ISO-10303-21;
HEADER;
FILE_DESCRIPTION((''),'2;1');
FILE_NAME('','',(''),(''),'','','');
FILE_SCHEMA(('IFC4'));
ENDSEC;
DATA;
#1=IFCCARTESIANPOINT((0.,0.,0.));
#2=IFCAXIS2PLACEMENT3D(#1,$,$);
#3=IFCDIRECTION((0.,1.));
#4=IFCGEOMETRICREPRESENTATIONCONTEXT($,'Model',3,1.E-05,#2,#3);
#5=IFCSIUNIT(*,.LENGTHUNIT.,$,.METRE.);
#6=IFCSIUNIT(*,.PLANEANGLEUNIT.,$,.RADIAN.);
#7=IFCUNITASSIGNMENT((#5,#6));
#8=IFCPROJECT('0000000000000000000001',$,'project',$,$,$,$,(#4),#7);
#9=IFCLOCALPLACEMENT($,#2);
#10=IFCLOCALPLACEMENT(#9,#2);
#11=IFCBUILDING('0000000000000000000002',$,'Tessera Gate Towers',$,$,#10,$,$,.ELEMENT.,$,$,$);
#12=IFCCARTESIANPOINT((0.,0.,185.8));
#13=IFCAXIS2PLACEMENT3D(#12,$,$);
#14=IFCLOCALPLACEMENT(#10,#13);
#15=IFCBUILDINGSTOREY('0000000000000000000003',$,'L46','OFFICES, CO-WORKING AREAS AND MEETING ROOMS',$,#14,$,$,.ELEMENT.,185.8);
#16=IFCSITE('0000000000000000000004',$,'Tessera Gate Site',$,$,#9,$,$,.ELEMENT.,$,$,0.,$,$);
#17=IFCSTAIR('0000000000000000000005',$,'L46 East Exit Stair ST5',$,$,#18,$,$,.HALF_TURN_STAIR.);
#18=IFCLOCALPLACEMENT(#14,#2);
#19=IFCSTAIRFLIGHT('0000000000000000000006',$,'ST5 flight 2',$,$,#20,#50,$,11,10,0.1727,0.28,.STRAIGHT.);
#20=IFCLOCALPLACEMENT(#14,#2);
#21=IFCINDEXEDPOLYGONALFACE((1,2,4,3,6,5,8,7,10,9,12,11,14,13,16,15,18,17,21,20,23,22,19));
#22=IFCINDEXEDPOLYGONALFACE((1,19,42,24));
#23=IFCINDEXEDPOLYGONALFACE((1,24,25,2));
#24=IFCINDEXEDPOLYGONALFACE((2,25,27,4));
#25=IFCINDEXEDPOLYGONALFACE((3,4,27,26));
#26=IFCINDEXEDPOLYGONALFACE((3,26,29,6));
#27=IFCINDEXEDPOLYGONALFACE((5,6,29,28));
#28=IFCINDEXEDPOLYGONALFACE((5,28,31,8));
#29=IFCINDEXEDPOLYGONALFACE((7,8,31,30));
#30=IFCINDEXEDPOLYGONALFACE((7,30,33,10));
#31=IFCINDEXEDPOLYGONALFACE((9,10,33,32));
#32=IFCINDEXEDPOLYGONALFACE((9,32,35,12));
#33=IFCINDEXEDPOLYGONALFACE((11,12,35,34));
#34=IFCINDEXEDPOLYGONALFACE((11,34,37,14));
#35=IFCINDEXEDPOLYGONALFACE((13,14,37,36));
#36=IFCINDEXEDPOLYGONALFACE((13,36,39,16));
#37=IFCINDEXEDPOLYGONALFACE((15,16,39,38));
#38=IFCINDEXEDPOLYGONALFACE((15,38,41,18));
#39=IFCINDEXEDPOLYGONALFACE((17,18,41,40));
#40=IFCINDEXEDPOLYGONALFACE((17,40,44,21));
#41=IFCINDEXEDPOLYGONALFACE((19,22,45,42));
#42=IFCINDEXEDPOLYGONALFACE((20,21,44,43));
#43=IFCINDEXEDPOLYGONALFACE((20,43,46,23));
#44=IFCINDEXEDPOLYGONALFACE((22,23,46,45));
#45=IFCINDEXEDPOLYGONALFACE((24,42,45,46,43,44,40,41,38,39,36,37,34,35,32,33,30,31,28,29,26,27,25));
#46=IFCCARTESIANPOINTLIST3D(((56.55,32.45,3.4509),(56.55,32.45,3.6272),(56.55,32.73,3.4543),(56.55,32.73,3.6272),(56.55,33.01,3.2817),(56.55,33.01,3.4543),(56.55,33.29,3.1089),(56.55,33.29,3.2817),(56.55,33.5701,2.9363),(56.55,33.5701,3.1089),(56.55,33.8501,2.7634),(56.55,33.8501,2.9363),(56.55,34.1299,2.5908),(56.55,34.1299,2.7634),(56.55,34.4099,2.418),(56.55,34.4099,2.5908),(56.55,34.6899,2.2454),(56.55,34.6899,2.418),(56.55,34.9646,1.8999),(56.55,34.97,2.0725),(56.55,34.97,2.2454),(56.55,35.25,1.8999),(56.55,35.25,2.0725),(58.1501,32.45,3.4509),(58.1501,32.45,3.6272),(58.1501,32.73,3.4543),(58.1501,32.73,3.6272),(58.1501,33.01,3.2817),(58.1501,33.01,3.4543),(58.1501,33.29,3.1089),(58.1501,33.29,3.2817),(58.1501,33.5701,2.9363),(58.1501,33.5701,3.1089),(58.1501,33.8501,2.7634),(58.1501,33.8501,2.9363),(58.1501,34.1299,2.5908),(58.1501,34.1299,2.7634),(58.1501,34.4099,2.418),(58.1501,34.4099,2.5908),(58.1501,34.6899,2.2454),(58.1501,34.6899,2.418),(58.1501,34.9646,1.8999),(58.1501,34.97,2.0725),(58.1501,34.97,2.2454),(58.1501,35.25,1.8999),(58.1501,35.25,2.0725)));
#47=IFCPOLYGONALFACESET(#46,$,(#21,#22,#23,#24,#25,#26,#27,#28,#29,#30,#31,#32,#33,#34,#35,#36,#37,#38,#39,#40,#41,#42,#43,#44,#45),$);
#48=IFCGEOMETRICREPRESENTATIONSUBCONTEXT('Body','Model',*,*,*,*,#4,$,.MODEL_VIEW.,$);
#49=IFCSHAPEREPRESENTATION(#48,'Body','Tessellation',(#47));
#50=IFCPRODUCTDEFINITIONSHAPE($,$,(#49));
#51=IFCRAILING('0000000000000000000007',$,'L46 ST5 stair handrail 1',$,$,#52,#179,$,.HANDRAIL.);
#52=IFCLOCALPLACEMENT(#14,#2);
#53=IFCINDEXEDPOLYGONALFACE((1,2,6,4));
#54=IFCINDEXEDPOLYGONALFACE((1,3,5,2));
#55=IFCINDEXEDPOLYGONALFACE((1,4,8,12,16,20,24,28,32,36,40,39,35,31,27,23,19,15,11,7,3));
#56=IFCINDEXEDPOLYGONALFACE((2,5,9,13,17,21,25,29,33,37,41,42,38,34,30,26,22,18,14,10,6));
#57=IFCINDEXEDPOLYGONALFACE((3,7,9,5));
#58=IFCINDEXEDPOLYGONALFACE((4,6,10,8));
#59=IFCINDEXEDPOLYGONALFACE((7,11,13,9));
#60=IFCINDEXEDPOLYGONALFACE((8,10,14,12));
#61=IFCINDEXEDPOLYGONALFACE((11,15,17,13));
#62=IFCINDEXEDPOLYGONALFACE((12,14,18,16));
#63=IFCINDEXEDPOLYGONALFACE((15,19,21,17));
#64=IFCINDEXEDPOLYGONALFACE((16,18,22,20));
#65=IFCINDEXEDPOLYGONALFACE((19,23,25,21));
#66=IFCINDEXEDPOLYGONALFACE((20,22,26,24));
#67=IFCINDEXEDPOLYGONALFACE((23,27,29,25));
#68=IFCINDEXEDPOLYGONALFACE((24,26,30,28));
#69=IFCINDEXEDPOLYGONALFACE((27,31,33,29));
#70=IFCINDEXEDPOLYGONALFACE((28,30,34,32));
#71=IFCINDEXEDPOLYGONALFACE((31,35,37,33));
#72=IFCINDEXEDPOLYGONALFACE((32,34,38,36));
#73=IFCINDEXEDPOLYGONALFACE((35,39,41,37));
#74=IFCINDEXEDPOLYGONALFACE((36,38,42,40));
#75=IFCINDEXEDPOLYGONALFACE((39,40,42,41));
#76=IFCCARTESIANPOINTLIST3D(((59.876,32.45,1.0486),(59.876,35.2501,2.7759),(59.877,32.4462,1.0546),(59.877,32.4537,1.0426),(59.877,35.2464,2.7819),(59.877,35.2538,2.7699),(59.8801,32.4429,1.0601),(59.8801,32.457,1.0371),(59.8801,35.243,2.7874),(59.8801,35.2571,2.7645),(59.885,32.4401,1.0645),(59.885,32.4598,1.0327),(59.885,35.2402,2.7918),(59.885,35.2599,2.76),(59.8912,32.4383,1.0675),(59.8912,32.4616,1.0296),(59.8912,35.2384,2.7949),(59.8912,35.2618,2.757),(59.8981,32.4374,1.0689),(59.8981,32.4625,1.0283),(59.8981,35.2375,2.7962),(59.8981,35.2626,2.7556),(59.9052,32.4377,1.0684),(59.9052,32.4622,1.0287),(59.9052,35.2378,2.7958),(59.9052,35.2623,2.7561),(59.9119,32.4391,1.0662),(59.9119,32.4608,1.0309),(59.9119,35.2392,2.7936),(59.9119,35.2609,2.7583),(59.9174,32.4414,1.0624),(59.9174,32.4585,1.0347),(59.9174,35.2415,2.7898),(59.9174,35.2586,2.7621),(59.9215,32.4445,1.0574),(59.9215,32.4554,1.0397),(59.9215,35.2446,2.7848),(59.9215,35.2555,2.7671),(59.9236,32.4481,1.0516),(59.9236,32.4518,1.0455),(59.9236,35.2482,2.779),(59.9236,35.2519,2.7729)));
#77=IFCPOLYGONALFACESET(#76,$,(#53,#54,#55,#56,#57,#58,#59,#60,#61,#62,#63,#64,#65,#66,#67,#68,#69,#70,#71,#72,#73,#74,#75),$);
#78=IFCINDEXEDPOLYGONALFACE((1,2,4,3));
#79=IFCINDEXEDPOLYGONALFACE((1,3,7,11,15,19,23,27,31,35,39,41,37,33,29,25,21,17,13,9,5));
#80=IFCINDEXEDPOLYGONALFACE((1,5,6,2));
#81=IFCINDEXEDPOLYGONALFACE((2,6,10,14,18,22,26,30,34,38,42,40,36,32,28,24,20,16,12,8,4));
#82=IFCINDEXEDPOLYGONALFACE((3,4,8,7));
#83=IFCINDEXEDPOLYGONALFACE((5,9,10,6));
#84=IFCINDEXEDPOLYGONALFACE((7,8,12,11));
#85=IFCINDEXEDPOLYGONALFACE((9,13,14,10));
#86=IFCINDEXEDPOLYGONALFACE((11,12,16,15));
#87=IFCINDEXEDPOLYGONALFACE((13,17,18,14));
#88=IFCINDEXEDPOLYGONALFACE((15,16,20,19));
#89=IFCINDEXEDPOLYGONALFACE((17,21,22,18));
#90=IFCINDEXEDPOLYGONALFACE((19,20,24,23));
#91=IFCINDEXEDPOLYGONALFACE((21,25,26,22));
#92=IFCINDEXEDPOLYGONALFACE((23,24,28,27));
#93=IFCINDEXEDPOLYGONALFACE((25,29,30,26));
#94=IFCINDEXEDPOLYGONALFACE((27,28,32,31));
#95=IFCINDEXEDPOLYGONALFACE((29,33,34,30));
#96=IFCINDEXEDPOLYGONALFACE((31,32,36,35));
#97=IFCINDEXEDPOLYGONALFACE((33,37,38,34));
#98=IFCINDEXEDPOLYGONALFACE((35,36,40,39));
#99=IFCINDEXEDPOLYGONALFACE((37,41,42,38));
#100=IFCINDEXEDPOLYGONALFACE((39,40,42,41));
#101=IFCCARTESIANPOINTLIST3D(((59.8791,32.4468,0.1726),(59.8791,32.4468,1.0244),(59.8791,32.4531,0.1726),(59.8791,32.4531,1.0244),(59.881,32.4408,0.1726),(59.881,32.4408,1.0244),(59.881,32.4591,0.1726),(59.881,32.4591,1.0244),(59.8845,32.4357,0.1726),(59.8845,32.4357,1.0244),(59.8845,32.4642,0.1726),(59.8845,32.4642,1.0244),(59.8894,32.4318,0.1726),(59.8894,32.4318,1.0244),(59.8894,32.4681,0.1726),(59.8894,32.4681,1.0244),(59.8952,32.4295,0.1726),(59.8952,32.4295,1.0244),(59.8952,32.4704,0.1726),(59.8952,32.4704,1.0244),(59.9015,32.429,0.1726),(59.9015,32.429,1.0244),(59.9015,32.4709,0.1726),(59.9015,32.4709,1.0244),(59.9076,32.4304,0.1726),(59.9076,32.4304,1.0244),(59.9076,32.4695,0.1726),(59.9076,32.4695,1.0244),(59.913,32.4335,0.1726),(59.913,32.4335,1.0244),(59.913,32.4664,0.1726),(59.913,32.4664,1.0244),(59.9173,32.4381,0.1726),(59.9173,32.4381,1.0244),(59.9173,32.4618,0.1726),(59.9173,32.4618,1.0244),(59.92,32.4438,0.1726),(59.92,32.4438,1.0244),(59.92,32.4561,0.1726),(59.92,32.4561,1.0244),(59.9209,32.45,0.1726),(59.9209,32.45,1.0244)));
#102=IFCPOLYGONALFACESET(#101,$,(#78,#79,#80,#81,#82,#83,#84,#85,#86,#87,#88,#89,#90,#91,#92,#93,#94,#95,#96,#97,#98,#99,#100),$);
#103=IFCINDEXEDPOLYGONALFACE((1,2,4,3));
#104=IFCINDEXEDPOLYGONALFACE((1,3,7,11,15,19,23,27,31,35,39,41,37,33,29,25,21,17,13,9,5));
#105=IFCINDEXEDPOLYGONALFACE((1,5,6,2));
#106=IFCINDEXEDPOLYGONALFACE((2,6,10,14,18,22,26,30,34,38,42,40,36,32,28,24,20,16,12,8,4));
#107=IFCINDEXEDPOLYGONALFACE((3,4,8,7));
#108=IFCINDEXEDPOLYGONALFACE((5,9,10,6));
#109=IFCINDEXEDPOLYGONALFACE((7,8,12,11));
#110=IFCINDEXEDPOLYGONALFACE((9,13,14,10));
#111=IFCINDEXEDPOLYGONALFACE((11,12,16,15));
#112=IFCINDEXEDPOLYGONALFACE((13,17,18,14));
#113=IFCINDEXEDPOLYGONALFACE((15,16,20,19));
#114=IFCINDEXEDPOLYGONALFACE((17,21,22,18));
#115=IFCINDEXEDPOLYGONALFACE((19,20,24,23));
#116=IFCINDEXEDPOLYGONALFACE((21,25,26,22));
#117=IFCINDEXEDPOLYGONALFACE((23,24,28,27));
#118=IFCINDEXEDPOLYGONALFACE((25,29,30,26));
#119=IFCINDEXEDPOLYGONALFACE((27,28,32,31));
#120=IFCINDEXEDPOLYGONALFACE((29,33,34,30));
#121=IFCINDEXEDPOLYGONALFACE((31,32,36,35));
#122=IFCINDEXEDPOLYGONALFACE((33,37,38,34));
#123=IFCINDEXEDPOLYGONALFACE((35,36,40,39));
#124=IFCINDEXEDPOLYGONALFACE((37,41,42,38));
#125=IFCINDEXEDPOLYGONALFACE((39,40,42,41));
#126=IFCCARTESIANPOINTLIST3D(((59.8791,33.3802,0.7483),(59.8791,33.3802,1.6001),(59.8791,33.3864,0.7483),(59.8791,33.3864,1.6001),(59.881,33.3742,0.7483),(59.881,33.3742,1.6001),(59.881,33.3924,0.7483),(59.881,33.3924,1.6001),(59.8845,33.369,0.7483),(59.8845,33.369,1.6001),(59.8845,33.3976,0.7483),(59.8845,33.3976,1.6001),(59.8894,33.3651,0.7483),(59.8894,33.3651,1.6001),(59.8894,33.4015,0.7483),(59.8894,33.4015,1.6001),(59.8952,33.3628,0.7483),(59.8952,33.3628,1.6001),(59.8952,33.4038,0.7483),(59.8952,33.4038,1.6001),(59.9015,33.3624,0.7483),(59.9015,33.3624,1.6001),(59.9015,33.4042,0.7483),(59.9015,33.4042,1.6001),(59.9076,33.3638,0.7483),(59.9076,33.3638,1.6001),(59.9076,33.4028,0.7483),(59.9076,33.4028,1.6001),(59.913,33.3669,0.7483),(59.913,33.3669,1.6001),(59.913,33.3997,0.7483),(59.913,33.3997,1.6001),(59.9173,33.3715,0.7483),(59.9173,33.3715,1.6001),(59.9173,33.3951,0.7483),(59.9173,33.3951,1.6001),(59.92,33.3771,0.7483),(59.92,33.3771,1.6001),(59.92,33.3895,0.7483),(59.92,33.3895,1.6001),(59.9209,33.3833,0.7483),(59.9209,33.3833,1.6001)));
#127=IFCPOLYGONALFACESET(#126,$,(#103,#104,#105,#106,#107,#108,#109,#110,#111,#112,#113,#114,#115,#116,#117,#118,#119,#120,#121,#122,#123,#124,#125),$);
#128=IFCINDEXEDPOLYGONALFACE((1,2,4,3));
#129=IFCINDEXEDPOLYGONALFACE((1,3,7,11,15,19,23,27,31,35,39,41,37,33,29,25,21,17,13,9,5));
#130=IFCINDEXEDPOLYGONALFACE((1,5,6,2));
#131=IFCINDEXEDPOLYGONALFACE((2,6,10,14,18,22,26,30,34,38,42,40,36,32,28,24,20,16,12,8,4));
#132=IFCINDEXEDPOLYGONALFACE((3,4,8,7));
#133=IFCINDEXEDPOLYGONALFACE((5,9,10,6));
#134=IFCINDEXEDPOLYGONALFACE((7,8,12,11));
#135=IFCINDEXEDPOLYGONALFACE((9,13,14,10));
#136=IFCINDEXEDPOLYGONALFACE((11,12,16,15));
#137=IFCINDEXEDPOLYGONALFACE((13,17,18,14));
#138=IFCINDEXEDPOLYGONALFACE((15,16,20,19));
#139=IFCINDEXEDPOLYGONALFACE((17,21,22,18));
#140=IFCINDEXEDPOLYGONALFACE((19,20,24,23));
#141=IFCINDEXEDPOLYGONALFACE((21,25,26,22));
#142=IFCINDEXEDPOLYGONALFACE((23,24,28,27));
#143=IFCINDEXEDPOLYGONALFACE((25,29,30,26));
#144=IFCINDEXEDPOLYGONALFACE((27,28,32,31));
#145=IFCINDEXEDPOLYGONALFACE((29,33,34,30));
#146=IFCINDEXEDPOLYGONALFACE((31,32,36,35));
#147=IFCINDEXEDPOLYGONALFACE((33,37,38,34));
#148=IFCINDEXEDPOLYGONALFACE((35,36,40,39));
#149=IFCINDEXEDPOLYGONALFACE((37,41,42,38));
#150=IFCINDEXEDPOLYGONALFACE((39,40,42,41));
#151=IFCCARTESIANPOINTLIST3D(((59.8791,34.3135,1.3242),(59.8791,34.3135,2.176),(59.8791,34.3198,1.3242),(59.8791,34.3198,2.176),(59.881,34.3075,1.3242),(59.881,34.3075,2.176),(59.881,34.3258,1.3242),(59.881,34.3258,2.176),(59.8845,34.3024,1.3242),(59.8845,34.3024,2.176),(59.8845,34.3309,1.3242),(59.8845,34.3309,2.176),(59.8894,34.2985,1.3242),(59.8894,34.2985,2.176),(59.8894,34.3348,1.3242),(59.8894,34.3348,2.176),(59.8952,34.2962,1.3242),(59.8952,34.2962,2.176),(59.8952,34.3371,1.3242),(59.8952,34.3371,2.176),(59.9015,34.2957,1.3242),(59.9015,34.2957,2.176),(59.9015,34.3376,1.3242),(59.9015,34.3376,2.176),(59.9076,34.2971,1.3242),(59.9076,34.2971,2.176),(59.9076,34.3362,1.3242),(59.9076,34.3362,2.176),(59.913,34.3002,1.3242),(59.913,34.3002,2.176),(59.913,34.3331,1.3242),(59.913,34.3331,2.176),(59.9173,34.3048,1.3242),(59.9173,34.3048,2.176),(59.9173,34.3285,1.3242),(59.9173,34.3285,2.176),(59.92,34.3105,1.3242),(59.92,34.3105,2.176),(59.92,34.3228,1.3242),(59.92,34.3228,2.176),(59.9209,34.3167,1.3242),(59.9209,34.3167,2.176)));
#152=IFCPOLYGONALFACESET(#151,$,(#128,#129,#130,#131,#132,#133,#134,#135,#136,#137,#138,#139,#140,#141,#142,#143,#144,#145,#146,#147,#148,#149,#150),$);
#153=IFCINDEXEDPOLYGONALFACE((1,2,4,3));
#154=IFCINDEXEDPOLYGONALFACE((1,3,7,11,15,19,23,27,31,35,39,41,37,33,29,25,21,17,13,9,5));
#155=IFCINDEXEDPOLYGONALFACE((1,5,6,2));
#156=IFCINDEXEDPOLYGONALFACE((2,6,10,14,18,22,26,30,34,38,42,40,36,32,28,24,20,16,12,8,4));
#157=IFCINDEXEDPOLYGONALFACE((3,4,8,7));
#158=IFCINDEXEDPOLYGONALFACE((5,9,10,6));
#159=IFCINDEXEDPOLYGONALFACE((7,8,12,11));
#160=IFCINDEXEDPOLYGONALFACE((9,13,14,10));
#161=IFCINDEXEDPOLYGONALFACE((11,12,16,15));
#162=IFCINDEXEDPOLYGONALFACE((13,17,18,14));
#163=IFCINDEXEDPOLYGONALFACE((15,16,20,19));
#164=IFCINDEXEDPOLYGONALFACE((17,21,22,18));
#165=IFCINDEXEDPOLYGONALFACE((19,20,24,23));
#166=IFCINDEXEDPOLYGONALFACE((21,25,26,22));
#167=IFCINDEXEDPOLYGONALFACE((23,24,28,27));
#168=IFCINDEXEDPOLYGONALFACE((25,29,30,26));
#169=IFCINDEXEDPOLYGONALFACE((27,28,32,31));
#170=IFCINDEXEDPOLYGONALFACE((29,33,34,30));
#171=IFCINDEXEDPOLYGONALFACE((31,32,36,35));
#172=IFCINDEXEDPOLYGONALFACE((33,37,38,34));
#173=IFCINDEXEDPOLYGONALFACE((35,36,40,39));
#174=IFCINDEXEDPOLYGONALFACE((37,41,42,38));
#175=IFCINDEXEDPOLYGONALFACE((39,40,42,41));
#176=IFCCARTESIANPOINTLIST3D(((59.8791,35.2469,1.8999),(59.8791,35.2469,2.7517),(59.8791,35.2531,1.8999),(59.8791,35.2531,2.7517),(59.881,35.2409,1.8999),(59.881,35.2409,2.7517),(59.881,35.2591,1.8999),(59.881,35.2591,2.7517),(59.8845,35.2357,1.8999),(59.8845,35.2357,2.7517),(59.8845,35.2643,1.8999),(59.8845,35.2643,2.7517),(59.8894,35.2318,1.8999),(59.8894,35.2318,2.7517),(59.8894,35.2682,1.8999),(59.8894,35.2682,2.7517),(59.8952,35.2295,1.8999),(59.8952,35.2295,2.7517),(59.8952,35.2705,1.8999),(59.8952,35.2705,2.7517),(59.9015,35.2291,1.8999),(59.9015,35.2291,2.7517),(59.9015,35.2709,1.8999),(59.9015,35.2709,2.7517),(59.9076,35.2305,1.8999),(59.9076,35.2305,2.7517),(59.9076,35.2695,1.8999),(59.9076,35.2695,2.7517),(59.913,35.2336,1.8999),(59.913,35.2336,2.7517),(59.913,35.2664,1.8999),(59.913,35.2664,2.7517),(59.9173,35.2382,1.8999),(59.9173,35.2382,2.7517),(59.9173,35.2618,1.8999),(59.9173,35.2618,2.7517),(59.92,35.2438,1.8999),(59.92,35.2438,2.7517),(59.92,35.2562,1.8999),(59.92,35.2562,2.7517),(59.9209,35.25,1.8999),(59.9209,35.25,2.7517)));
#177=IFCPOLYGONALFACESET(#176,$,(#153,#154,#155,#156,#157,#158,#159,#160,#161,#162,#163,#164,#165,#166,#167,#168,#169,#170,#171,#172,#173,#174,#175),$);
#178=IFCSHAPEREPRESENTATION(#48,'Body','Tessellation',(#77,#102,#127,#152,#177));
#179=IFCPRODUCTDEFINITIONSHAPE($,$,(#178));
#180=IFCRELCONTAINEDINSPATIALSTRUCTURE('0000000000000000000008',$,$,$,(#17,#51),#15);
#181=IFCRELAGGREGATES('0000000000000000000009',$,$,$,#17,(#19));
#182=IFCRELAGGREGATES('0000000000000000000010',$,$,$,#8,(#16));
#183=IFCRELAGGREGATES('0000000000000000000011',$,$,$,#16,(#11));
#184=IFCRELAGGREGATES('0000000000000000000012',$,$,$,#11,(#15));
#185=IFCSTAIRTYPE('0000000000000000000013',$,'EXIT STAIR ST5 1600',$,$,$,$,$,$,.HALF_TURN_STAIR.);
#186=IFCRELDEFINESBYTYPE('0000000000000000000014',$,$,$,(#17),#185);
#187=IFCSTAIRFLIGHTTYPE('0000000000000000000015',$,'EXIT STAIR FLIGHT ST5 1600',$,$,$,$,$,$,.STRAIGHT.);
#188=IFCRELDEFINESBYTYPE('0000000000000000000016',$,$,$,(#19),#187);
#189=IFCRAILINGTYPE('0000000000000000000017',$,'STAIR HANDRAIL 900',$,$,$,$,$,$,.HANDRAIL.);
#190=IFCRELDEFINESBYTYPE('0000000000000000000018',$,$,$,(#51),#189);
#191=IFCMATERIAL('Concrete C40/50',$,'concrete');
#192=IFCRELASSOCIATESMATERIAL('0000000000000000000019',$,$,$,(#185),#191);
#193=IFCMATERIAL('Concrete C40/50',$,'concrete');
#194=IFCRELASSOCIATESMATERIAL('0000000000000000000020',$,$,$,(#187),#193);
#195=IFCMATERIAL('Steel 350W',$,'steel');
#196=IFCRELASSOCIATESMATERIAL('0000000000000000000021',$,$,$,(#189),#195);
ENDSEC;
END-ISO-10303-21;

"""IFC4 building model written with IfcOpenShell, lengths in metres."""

from ifc_helpers import new_model, si_unit, direction, frame, origin, origin_2d, place, context, subcontext, project, spatial, polyline, circle, outline, extrude, material, type_object, element, aggregate, save


model = new_model("IFC4")

# Units and contexts
model_context = context("Model", 3, precision=1e-05, world=origin(), true_north=direction((0.0, 1.0)))
body_context = subcontext(model_context, "Body", "Model", "MODEL_VIEW")
ifc_project = project(units=[si_unit("LENGTHUNIT", "METRE"), si_unit("PLANEANGLEUNIT", "RADIAN")], contexts=[model_context])

# Site, building, storey
site_placement = place(None, origin())
site = spatial("IfcSite", under=ifc_project, at=site_placement, Name="Tessera Gate Site", CompositionType="ELEMENT", RefElevation=0.0)
building_placement = place(site_placement, origin())
building = spatial("IfcBuilding", under=site, at=building_placement, Name="Tessera Gate Towers", CompositionType="ELEMENT")
storey_placement = place(building_placement, frame((0.0, 0.0, 185.8)))
storey = spatial("IfcBuildingStorey", under=building, at=storey_placement, Name="L46", Description="OFFICES, CO-WORKING AREAS AND MEETING ROOMS", CompositionType="ELEMENT", Elevation=185.8)

# Stair, stair flight
ifc_material_1 = material(Name="Concrete C40/50", Category="concrete")
stair_type_1 = type_object("IfcStairType", Name="EXIT STAIR ST5 1600", PredefinedType="HALF_TURN_STAIR", material=ifc_material_1)
stair_1_placement = place(storey_placement, origin())
stair_1 = element("IfcStair", 1, at=stair_1_placement, inside=storey, type_object=stair_type_1, Name="L46 East Exit Stair ST5", PredefinedType="HALF_TURN_STAIR")
ifc_material_2 = material(Name="Concrete C40/50", Category="concrete")
stair_flight_type_1 = type_object("IfcStairFlightType", Name="EXIT STAIR FLIGHT ST5 1600", PredefinedType="STRAIGHT", material=ifc_material_2)
stair_flight_1_placement = place(storey_placement, frame((57.3501, 35.25, 1.8999), z_axis=(0.0, 0.0, 1.0), x_axis=(0.0, -1.0, 0.0)))
stair_flight_1 = element("IfcStairFlight", 2, at=stair_flight_1_placement, type_object=stair_flight_type_1, Name="ST5 flight 2", NumberOfRisers=11, NumberOfTreads=10, PredefinedType="STRAIGHT", RiserHeight=0.1727, TreadLength=0.28, context=body_context, shape_type="SweptSolid", body=[
    extrude(outline(polyline([(0.0, 0.0), (0.0, 0.1726), (0.28, 0.1726), (0.28, 0.3455), (0.5601, 0.3455), (0.5601, 0.5181), (0.8401, 0.5181), (0.8401, 0.6909), (1.1201, 0.6909), (1.1201, 0.8635), (1.3999, 0.8635), (1.3999, 1.0364), (1.6799, 1.0364), (1.6799, 1.209), (1.96, 1.209), (1.96, 1.3818), (2.24, 1.3818), (2.24, 1.5544), (2.52, 1.5544), (2.52, 1.7273), (2.8, 1.7273), (2.8, 1.8999), (2.8, 1.551), (0.2854, 0.0), (0.0, 0.0)])), frame((0.0, 0.8, 0.0), z_axis=(0.0, -1.0, 0.0), x_axis=(1.0, 0.0, 0.0)), (0.0, 0.0, 1.0), 1.6001),
])
aggregate(stair_1, [stair_flight_1])

# Railing
ifc_material_3 = material(Name="Steel 350W", Category="steel")
railing_type_1 = type_object("IfcRailingType", Name="STAIR HANDRAIL 900", PredefinedType="HANDRAIL", material=ifc_material_3)
railing_1_placement = place(storey_placement, frame((59.8999, 32.45, 0.1726)))
element("IfcRailing", 3, at=railing_1_placement, inside=storey, type_object=railing_type_1, Name="L46 ST5 stair handrail 1", PredefinedType="HANDRAIL", context=body_context, shape_type="SweptSolid", body=[
    extrude(circle(Radius=0.0239, at=origin_2d()), frame((0.0, 0.0, 0.876), z_axis=(0.0, 0.85109, 0.52502), x_axis=(-1.0, 0.0, 0.0)), (0.0, 0.0, 1.0), 3.29),
    extrude(circle(Radius=0.021, at=origin_2d()), origin(), (0.0, 0.0, 1.0), 0.8518),
    extrude(circle(Radius=0.021, at=origin_2d()), frame((0.0, 0.9333, 0.5757)), (0.0, 0.0, 1.0), 0.8518),
    extrude(circle(Radius=0.021, at=origin_2d()), frame((0.0, 1.8667, 1.1516)), (0.0, 0.0, 1.0), 0.8518),
    extrude(circle(Radius=0.021, at=origin_2d()), frame((0.0, 2.8, 1.7273)), (0.0, 0.0, 1.0), 0.8518),
])

save(model, "model.ifc")
